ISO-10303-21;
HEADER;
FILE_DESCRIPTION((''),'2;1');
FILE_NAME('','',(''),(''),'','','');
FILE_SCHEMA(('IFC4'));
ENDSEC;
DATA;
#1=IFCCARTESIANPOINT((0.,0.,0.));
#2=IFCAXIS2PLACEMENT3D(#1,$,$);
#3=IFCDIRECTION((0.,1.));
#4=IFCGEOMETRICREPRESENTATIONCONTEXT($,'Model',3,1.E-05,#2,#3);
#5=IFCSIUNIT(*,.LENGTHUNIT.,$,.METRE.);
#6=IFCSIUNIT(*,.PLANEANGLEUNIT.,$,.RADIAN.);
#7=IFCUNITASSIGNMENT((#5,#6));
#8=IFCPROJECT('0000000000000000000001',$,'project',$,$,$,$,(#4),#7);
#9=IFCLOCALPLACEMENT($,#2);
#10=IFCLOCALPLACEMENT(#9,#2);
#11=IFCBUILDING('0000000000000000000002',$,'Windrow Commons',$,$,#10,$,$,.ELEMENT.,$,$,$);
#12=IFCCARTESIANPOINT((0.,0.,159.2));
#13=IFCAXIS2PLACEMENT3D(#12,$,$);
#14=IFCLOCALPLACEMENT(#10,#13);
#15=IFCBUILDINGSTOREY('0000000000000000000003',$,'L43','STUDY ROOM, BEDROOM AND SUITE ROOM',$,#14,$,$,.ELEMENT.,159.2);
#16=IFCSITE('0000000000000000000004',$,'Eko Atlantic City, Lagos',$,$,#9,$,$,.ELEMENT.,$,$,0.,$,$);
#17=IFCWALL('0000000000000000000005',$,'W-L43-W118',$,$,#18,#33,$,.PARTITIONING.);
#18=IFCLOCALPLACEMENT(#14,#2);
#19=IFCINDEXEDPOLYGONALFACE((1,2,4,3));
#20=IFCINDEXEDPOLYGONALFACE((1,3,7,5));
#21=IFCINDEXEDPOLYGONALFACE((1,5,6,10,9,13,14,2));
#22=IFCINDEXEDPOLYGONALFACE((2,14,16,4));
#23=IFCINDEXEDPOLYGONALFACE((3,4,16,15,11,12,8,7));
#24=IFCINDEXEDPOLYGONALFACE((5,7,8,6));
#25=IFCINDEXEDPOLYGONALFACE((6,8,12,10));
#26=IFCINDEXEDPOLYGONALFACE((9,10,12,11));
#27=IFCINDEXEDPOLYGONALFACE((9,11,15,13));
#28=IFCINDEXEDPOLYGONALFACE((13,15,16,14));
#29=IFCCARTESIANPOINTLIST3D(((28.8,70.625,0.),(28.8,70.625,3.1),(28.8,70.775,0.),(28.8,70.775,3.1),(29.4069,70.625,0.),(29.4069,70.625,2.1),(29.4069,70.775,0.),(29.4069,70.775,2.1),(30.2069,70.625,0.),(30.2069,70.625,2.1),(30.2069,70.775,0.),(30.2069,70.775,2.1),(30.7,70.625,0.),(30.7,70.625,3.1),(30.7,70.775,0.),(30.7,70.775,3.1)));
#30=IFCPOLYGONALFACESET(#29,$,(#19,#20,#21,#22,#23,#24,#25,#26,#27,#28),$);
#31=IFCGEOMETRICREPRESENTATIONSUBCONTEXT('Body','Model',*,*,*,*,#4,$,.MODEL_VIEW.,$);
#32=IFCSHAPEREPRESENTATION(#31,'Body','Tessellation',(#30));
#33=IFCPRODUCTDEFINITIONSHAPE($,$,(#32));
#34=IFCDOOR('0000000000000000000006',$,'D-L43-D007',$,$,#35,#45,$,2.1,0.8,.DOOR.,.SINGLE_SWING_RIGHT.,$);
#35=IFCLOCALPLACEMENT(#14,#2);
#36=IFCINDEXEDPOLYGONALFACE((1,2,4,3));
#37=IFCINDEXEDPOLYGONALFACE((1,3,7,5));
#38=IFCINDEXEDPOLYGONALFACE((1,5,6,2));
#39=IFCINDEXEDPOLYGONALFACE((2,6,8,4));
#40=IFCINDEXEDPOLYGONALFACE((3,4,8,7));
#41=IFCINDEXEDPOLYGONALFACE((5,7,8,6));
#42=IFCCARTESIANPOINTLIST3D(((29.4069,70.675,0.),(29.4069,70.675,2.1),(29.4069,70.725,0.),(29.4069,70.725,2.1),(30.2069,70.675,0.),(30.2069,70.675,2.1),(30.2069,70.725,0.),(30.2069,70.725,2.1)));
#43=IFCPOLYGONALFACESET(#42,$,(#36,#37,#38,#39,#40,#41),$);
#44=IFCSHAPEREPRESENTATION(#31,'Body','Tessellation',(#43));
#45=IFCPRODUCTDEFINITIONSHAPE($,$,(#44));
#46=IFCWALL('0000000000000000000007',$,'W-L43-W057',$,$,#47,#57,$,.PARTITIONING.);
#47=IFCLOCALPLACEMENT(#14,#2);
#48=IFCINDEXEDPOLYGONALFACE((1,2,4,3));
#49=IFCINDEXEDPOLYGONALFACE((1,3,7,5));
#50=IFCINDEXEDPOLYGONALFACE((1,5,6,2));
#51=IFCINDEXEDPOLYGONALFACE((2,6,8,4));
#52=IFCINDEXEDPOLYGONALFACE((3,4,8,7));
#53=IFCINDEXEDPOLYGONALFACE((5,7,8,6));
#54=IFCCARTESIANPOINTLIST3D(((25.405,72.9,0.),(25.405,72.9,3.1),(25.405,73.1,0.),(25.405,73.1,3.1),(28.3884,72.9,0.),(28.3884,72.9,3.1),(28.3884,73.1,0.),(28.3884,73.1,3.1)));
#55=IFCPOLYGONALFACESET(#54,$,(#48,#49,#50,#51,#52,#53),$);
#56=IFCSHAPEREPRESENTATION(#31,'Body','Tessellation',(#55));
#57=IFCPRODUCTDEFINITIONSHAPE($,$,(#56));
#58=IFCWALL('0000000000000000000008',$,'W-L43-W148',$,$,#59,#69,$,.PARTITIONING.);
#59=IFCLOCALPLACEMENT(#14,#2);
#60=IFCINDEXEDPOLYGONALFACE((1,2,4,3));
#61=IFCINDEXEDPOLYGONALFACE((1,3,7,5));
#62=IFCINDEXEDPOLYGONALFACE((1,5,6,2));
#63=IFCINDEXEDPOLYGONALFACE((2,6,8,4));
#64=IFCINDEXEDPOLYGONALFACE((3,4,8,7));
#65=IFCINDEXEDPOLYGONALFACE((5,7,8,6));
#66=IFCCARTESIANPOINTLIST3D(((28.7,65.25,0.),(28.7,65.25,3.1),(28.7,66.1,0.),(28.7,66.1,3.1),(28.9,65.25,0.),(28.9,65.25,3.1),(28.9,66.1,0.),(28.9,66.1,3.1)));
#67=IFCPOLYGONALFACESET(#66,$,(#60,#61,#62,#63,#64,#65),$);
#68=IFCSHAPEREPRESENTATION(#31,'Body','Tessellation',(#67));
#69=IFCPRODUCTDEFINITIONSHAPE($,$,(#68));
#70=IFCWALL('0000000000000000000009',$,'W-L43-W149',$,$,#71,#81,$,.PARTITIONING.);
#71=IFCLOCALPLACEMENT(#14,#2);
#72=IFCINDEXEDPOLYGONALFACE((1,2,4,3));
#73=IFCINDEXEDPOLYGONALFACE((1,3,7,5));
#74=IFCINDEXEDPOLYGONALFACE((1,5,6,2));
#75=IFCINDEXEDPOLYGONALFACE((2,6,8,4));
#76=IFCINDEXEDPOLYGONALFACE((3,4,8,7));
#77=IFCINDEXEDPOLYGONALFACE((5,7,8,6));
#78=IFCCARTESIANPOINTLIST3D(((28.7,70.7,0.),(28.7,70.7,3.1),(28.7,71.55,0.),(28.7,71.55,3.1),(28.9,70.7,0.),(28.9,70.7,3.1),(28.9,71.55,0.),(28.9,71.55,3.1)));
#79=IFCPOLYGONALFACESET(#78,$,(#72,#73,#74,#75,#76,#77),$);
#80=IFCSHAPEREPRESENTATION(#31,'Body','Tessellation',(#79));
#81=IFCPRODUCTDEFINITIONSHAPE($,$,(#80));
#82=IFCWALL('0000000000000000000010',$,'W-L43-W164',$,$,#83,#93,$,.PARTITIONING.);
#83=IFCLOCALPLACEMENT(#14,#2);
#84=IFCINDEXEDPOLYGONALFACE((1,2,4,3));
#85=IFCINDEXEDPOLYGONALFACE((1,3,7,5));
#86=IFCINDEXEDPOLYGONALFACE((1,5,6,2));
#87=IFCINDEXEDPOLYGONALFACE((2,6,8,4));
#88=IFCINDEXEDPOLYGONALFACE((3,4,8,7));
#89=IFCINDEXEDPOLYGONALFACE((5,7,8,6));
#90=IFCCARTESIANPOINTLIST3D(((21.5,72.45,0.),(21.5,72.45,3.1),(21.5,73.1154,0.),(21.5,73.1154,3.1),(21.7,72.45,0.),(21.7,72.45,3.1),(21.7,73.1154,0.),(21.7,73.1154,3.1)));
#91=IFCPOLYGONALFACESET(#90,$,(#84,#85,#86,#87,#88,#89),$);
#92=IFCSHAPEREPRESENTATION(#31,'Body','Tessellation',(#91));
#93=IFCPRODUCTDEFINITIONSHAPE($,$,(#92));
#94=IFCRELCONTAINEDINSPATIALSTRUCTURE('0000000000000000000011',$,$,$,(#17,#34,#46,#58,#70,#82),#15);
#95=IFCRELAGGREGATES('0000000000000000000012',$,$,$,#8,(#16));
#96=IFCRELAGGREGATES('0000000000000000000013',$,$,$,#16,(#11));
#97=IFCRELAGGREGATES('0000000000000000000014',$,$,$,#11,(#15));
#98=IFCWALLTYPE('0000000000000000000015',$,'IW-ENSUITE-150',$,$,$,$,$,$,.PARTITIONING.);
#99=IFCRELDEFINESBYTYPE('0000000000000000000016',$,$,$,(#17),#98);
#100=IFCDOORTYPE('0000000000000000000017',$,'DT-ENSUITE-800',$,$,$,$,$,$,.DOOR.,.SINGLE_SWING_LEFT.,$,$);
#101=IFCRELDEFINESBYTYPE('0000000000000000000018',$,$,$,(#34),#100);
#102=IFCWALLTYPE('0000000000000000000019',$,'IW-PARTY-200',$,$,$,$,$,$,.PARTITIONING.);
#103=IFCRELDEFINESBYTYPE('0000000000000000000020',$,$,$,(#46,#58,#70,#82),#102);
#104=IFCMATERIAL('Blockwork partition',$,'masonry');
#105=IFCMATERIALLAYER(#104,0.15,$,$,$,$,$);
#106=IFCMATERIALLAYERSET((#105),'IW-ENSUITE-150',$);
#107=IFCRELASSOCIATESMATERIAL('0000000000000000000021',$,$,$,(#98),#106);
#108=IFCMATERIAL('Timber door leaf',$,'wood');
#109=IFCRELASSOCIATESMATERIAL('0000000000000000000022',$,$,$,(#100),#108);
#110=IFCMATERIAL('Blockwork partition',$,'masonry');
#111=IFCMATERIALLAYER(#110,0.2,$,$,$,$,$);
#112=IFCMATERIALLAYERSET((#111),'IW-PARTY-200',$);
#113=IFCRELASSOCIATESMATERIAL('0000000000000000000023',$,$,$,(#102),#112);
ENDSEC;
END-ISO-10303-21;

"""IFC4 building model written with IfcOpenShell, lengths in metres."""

from ifc_helpers import new_model, si_unit, direction, frame, frame_2d, origin, place, context, subcontext, project, spatial, rectangle, extrude, material, layer, layer_set, type_object, element, fill, save


model = new_model("IFC4")

# Units and contexts
model_context = context("Model", 3, precision=1e-05, world=origin(), true_north=direction((0.0, 1.0)))
body_context = subcontext(model_context, "Body", "Model", "MODEL_VIEW")
ifc_project = project(units=[si_unit("LENGTHUNIT", "METRE"), si_unit("PLANEANGLEUNIT", "RADIAN")], contexts=[model_context])

# Site, building, storey
site_placement = place(None, origin())
site = spatial("IfcSite", under=ifc_project, at=site_placement, Name="Eko Atlantic City, Lagos", CompositionType="ELEMENT", RefElevation=0.0)
building_placement = place(site_placement, origin())
building = spatial("IfcBuilding", under=site, at=building_placement, Name="Windrow Commons", CompositionType="ELEMENT")
storey_placement = place(building_placement, frame((0.0, 0.0, 159.2)))
storey = spatial("IfcBuildingStorey", under=building, at=storey_placement, Name="L43", Description="STUDY ROOM, BEDROOM AND SUITE ROOM", CompositionType="ELEMENT", Elevation=159.2)

# Shared definitions
ifc_material_1 = material(Name="Blockwork partition", Category="masonry")
ifc_layer_1 = layer(ifc_material_1, 0.15)
ifc_layer_set_1 = layer_set([ifc_layer_1], Name="IW-ENSUITE-150")
wall_type_1 = type_object("IfcWallType", Name="IW-ENSUITE-150", PredefinedType="PARTITIONING", material=ifc_layer_set_1)

# Wall, opening, door
wall_1_placement = place(storey_placement, frame((28.8, 70.7, 0.0), z_axis=(0.0, 0.0, 1.0), x_axis=(1.0, 0.0, 0.0)))
wall_1 = element("IfcWall", 1, at=wall_1_placement, inside=storey, type_object=wall_type_1, Name="W-L43-W118", PredefinedType="PARTITIONING", context=body_context, shape_type="SweptSolid", body=[
    extrude(rectangle(XDim=1.9, YDim=0.15, at=frame_2d((0.95, 0.0))), origin(), (0.0, 0.0, 1.0), 3.1),
])
opening_1_placement = place(wall_1_placement, frame((0.6069, 0.0, 0.0)))
opening_1 = element("IfcOpeningElement", 2, at=opening_1_placement, cuts=wall_1, PredefinedType="OPENING", context=body_context, shape_type="SweptSolid", body=[
    extrude(rectangle(XDim=0.8, YDim=2.1, at=frame_2d((0.4, 1.05))), frame((0.0, 0.085, 0.0), z_axis=(0.0, -1.0, 0.0), x_axis=(1.0, 0.0, 0.0)), (0.0, 0.0, 1.0), 0.17),
])
ifc_material_2 = material(Name="Timber door leaf", Category="wood")
door_type = type_object("IfcDoorType", Name="DT-ENSUITE-800", OperationType="SINGLE_SWING_LEFT", PredefinedType="DOOR", material=ifc_material_2)
door_placement = place(opening_1_placement, origin())
door = element("IfcDoor", 3, at=door_placement, inside=storey, type_object=door_type, Name="D-L43-D007", OperationType="SINGLE_SWING_RIGHT", OverallHeight=2.1, OverallWidth=0.8, PredefinedType="DOOR", context=body_context, shape_type="SweptSolid", body=[
    extrude(rectangle(XDim=0.8, YDim=2.1, at=frame_2d((0.4, 1.05))), frame((0.0, 0.025, 0.0), z_axis=(0.0, -1.0, 0.0), x_axis=(1.0, 0.0, 0.0)), (0.0, 0.0, 1.0), 0.05),
])
fill(opening_1, door)

# Walls
ifc_material_3 = material(Name="Blockwork partition", Category="masonry")
ifc_layer_2 = layer(ifc_material_3, 0.2)
ifc_layer_set_2 = layer_set([ifc_layer_2], Name="IW-PARTY-200")
wall_type_2 = type_object("IfcWallType", Name="IW-PARTY-200", PredefinedType="PARTITIONING", material=ifc_layer_set_2)
wall_2_placement = place(storey_placement, frame((25.405, 73.0, 0.0), z_axis=(0.0, 0.0, 1.0), x_axis=(1.0, 0.0, 0.0)))
element("IfcWall", 4, at=wall_2_placement, inside=storey, type_object=wall_type_2, Name="W-L43-W057", PredefinedType="PARTITIONING", context=body_context, shape_type="SweptSolid", body=[
    extrude(rectangle(XDim=2.9835, YDim=0.2, at=frame_2d((1.4917, 0.0))), origin(), (0.0, 0.0, 1.0), 3.1),
])
for number, where, z_axis, x_axis, name in (
    (5, (28.8, 65.25, 0.0), (0.0, 0.0, 1.0), (0.0, 1.0, 0.0), "W-L43-W148"),
    (6, (28.8, 70.7, 0.0), (0.0, 0.0, 1.0), (0.0, 1.0, 0.0), "W-L43-W149"),
):
    element("IfcWall", number, at=place(storey_placement, frame(where, z_axis=z_axis, x_axis=x_axis)), inside=storey, type_object=wall_type_2, Name=name, PredefinedType="PARTITIONING", context=body_context, shape_type="SweptSolid", body=[
        extrude(rectangle(XDim=0.85, YDim=0.2, at=frame_2d((0.425, 0.0))), origin(), (0.0, 0.0, 1.0), 3.1),
    ])
wall_3_placement = place(storey_placement, frame((21.6, 72.45, 0.0), z_axis=(0.0, 0.0, 1.0), x_axis=(0.0, 1.0, 0.0)))
element("IfcWall", 7, at=wall_3_placement, inside=storey, type_object=wall_type_2, Name="W-L43-W164", PredefinedType="PARTITIONING", context=body_context, shape_type="SweptSolid", body=[
    extrude(rectangle(XDim=0.6653, YDim=0.2, at=frame_2d((0.3327, 0.0))), origin(), (0.0, 0.0, 1.0), 3.1),
])

save(model, "model.ifc")
